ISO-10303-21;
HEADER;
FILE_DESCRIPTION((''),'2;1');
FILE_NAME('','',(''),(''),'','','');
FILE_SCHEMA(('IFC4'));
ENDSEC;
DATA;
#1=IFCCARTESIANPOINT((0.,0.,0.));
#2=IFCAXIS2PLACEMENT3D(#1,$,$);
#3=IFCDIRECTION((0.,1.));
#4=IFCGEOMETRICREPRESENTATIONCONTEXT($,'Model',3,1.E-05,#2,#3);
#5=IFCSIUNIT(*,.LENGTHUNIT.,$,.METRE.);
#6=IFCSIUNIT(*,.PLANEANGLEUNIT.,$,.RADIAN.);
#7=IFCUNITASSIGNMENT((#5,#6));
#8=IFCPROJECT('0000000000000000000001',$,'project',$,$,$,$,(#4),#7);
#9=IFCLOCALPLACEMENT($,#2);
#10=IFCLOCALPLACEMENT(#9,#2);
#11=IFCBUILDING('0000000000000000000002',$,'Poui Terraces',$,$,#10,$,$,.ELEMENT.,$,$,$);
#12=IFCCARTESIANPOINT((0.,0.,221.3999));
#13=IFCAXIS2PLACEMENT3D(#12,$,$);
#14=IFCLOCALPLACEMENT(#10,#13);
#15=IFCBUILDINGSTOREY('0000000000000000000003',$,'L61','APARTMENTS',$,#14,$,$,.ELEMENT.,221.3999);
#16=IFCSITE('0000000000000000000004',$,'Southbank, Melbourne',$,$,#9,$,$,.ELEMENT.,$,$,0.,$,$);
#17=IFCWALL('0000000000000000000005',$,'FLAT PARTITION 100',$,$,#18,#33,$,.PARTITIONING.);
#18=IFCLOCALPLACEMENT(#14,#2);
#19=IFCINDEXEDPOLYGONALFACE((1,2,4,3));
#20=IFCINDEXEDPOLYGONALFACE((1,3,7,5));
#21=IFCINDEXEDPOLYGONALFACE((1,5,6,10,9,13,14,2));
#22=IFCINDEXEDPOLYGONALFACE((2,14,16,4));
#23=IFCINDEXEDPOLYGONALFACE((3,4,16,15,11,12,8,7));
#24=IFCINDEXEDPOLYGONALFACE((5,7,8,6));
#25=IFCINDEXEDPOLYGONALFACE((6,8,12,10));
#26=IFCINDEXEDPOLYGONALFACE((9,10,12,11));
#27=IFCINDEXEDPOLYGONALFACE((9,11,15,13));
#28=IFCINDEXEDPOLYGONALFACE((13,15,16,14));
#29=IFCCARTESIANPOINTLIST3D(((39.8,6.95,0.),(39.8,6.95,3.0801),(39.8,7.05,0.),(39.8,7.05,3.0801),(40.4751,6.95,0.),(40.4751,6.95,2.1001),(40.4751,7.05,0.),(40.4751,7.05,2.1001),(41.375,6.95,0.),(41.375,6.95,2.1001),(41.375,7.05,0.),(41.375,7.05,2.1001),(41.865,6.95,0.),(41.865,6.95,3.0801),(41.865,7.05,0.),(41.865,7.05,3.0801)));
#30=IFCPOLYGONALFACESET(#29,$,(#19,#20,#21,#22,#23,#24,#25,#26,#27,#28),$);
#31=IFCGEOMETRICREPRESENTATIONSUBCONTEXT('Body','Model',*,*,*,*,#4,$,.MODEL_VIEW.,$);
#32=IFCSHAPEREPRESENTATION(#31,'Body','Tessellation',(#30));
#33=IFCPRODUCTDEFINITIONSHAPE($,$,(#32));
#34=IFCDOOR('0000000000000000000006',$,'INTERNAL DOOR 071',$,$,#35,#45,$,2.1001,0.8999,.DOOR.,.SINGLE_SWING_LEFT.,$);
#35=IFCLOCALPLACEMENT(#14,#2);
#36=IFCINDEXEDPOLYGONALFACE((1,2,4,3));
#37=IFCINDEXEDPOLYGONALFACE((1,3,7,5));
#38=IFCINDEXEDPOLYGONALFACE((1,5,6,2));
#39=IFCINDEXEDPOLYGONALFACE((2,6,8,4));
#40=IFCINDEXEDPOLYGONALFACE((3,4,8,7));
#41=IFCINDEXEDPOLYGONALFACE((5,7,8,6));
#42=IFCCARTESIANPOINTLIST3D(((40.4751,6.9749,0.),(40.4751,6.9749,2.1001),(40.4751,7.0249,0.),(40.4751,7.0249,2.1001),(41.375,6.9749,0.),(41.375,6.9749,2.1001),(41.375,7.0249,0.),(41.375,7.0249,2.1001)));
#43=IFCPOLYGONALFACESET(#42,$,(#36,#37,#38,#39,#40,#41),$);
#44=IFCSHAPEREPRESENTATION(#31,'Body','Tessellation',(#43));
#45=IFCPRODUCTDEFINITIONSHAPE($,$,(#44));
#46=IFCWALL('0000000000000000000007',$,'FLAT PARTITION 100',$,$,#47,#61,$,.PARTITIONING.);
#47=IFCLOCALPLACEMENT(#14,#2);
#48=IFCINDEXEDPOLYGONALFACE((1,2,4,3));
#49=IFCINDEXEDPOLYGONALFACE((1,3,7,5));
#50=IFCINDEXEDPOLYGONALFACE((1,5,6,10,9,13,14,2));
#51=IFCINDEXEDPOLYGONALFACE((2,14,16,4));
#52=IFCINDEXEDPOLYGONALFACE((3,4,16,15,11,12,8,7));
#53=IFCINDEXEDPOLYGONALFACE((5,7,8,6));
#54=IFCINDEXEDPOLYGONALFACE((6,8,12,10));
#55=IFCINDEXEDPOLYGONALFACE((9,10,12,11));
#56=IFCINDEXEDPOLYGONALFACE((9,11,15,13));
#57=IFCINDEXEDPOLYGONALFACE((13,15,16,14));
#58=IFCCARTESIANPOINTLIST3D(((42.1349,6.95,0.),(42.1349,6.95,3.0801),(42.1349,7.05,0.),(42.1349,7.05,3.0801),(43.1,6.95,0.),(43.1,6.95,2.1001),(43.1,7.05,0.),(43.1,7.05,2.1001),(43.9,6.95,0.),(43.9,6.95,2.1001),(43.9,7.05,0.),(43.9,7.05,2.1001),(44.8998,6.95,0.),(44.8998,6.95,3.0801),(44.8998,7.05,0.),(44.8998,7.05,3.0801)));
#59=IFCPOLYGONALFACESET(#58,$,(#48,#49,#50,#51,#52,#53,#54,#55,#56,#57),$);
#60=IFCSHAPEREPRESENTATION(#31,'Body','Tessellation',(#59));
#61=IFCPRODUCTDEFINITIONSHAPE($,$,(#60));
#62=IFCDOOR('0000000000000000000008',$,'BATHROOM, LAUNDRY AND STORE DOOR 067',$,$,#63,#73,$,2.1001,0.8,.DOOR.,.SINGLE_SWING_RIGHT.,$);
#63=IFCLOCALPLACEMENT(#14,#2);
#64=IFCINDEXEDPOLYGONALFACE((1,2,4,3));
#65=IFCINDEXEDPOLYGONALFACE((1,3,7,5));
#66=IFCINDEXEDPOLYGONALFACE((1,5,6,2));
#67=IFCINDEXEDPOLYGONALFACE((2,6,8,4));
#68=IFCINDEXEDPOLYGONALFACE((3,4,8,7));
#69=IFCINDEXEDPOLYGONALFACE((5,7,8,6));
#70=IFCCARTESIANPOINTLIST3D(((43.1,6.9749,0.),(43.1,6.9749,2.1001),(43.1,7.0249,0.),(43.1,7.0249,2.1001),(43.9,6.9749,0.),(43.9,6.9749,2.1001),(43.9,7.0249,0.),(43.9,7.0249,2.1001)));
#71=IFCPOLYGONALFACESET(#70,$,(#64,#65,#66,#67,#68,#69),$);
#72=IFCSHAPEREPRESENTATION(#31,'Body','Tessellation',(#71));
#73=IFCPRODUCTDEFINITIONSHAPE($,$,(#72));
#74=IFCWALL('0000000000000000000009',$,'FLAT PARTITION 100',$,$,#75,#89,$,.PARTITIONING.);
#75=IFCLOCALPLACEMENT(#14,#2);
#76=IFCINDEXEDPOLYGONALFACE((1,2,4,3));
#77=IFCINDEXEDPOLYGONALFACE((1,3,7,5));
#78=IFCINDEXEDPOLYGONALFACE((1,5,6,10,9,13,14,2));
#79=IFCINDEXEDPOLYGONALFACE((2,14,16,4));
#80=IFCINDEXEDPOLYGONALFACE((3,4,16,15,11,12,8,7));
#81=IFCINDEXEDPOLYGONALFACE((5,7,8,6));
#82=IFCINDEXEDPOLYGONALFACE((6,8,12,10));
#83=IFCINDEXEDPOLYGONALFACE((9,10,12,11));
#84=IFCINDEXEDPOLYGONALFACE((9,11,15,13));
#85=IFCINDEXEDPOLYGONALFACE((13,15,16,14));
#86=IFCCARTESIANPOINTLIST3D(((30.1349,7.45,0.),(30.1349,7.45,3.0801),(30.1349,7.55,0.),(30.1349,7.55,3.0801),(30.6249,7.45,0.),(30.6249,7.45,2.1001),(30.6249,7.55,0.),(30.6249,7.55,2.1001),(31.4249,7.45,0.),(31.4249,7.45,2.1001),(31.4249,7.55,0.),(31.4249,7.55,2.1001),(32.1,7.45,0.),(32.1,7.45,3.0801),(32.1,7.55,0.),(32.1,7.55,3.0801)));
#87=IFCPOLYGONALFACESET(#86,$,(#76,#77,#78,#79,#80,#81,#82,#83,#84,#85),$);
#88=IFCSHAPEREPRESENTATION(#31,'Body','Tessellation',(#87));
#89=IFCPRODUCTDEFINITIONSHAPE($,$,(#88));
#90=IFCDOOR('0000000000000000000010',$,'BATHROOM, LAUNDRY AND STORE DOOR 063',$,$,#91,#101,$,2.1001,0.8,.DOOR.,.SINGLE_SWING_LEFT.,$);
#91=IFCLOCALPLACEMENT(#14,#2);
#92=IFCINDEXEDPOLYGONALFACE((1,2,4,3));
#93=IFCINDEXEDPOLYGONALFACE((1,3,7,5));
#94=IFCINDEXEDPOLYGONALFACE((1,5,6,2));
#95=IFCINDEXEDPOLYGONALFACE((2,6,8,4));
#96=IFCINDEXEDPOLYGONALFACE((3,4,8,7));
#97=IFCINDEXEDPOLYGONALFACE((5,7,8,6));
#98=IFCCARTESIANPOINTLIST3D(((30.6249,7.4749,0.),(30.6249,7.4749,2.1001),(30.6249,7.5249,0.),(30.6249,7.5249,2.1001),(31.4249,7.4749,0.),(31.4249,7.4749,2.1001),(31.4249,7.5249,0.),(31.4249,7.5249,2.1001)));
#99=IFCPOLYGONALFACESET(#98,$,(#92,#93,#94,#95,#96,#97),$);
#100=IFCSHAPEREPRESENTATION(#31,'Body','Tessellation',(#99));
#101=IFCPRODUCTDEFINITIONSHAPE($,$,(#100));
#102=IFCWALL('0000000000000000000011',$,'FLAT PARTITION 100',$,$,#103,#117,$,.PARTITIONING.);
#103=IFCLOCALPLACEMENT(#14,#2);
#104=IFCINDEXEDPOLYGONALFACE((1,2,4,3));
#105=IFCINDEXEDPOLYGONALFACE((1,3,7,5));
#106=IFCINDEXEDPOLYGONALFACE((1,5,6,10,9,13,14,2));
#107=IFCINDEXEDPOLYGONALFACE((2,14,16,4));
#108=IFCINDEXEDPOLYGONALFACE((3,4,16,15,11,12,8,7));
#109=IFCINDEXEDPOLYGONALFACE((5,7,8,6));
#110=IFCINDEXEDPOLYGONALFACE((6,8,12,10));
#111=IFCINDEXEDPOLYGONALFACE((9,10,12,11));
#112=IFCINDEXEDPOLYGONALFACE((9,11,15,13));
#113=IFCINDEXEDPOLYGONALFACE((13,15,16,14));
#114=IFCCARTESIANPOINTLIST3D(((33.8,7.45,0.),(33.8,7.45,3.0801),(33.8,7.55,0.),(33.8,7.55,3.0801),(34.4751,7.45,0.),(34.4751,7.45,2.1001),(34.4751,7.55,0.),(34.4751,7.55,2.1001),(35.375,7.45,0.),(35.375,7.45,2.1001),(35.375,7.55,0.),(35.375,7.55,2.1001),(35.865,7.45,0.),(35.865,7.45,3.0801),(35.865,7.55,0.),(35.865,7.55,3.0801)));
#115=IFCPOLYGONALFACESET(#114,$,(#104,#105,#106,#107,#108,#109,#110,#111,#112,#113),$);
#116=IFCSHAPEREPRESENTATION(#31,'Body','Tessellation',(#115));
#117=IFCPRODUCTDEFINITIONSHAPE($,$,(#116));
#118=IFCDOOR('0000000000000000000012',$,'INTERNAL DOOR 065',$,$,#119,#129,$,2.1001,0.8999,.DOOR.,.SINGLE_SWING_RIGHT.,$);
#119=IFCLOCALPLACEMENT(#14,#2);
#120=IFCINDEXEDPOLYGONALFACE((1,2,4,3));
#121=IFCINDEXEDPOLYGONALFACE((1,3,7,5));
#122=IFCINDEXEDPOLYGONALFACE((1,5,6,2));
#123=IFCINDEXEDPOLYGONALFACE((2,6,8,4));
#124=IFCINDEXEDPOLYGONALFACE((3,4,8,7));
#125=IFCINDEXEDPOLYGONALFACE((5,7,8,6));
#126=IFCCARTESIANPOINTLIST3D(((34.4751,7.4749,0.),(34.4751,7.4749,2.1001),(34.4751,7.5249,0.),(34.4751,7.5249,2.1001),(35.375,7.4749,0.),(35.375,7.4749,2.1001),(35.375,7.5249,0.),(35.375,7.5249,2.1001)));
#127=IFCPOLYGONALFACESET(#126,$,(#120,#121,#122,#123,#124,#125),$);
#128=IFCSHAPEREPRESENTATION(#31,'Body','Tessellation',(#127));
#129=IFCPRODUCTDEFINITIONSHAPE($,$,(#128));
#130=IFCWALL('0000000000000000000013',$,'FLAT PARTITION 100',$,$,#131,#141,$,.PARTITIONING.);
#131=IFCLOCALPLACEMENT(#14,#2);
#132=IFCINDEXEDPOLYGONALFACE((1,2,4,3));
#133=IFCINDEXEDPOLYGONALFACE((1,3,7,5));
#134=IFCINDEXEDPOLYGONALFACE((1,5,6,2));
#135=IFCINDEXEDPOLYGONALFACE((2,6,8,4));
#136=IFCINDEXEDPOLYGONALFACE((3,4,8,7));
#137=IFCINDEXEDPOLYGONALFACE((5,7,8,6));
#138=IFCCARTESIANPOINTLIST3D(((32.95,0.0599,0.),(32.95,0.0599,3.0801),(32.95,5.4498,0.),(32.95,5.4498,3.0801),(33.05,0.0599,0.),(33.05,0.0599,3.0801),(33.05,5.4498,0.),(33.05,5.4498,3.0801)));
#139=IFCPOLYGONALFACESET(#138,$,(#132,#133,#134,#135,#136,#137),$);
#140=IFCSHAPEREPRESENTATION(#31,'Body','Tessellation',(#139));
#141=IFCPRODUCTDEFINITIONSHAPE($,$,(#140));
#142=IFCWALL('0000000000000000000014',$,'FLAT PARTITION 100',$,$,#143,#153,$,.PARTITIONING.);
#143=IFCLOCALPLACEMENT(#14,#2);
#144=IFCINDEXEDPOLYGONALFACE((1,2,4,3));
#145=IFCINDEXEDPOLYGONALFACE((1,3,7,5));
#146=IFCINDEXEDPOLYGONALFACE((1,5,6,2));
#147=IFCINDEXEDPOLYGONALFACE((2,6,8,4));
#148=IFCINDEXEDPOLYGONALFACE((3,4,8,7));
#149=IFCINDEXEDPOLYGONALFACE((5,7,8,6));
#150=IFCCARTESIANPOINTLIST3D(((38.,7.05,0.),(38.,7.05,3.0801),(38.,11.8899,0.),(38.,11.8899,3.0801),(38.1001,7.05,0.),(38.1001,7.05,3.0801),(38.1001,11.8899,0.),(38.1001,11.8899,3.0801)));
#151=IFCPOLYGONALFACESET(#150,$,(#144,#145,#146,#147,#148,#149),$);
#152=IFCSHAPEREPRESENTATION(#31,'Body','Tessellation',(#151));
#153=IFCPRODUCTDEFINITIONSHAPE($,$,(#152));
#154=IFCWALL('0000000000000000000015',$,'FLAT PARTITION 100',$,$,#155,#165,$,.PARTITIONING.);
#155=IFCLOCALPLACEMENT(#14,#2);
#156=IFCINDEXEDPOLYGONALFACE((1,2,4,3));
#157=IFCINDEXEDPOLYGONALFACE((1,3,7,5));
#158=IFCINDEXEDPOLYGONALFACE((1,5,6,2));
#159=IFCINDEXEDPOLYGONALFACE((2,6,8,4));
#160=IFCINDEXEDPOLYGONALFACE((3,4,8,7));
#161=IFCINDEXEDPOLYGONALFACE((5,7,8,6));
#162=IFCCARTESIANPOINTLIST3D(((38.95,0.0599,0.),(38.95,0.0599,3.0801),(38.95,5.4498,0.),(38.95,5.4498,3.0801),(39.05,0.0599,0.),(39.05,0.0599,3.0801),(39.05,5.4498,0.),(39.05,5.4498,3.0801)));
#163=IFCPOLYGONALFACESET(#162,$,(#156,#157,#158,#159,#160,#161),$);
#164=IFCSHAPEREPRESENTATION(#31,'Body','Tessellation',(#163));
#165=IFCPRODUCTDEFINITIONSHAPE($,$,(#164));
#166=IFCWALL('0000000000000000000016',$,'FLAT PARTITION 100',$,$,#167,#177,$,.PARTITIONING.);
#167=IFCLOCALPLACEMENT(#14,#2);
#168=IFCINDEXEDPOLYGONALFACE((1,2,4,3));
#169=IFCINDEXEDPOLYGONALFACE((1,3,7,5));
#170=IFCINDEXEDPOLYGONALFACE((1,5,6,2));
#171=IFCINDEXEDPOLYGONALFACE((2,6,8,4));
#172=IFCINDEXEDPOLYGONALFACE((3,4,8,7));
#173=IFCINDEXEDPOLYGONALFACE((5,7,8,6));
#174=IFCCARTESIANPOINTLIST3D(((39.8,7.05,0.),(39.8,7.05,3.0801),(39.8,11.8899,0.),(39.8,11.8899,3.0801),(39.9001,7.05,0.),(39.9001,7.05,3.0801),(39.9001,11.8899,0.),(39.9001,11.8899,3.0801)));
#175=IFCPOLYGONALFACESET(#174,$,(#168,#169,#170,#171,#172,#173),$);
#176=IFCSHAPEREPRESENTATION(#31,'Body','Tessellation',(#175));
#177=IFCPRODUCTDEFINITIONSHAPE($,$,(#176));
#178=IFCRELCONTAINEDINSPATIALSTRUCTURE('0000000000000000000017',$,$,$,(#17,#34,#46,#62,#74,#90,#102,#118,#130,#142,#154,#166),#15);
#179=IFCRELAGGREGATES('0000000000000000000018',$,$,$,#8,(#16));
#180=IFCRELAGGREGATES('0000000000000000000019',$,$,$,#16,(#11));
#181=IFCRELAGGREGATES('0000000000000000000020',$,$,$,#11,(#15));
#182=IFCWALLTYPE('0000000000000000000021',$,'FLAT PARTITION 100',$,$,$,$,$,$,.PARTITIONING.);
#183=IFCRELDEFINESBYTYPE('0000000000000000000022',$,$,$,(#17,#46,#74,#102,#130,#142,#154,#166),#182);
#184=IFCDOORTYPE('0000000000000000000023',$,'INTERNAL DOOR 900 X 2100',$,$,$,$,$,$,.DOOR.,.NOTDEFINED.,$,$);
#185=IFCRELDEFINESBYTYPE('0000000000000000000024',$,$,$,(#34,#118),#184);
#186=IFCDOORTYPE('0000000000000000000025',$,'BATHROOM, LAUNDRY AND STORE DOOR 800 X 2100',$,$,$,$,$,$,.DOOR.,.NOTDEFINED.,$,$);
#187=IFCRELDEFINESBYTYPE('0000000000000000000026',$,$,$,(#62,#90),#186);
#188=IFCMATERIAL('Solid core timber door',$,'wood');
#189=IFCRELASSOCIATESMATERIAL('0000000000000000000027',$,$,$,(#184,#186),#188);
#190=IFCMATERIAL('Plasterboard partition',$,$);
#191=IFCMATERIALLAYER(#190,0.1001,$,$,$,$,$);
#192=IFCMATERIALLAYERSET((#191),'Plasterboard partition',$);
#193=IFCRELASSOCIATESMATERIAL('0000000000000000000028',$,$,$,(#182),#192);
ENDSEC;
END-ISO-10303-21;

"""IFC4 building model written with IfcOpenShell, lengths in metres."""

from ifc_helpers import new_model, si_unit, direction, frame, frame_2d, origin, place, context, subcontext, project, spatial, rectangle, extrude, material, layer, layer_set, type_object, element, fill, save


model = new_model("IFC4")

# Units and contexts
model_context = context("Model", 3, precision=1e-05, world=origin(), true_north=direction((0.0, 1.0)))
body_context = subcontext(model_context, "Body", "Model", "MODEL_VIEW")
ifc_project = project(units=[si_unit("LENGTHUNIT", "METRE"), si_unit("PLANEANGLEUNIT", "RADIAN")], contexts=[model_context])

# Site, building, storey
site_placement = place(None, origin())
site = spatial("IfcSite", under=ifc_project, at=site_placement, Name="Southbank, Melbourne", CompositionType="ELEMENT", RefElevation=0.0)
building_placement = place(site_placement, origin())
building = spatial("IfcBuilding", under=site, at=building_placement, Name="Poui Terraces", CompositionType="ELEMENT")
storey_placement = place(building_placement, frame((0.0, 0.0, 221.3999)))
storey = spatial("IfcBuildingStorey", under=building, at=storey_placement, Name="L61", Description="APARTMENTS", CompositionType="ELEMENT", Elevation=221.3999)

# Walls, openings, doors
ifc_material_1 = material(Name="Solid core timber door", Category="wood")
door_type_1 = type_object("IfcDoorType", Name="INTERNAL DOOR 900 X 2100", OperationType="NOTDEFINED", PredefinedType="DOOR", material=ifc_material_1)
ifc_material_2 = material(Name="Plasterboard partition")
ifc_layer_1 = layer(ifc_material_2, 0.1001)
ifc_layer_set_1 = layer_set([ifc_layer_1], Name="Plasterboard partition")
wall_type_1 = type_object("IfcWallType", Name="FLAT PARTITION 100", PredefinedType="PARTITIONING", material=ifc_layer_set_1)
door_type_2 = type_object("IfcDoorType", Name="BATHROOM, LAUNDRY AND STORE DOOR 800 X 2100", OperationType="NOTDEFINED", PredefinedType="DOOR", material=ifc_material_1)
wall_1_placement = place(storey_placement, frame((39.8, 7.0, 0.0), z_axis=(0.0, 0.0, 1.0), x_axis=(1.0, 0.0, 0.0)))
wall_1 = element("IfcWall", 1, at=wall_1_placement, inside=storey, type_object=wall_type_1, Name="FLAT PARTITION 100", PredefinedType="PARTITIONING", context=body_context, shape_type="SweptSolid", body=[
    extrude(rectangle(XDim=2.0649, YDim=0.1001, at=frame_2d((1.0325, 0.0))), origin(), (0.0, 0.0, 1.0), 3.0801),
])
opening_1_placement = place(wall_1_placement, frame((0.675, 0.0, 0.0)))
opening_1 = element("IfcOpeningElement", 2, at=opening_1_placement, cuts=wall_1, PredefinedType="OPENING", context=body_context, shape_type="SweptSolid", body=[
    extrude(rectangle(XDim=0.8999, YDim=2.1001, at=frame_2d((0.45, 1.05))), frame((0.0, 0.0601, 0.0), z_axis=(0.0, -1.0, 0.0), x_axis=(1.0, 0.0, 0.0)), (0.0, 0.0, 1.0), 0.1201),
])
door_1_placement = place(opening_1_placement, origin())
door_1 = element("IfcDoor", 3, at=door_1_placement, inside=storey, type_object=door_type_1, Name="INTERNAL DOOR 071", OperationType="SINGLE_SWING_LEFT", OverallHeight=2.1001, OverallWidth=0.8999, PredefinedType="DOOR", context=body_context, shape_type="SweptSolid", body=[
    extrude(rectangle(XDim=0.8999, YDim=2.1001, at=frame_2d((0.45, 1.05))), frame((0.0, 0.0249, 0.0), z_axis=(0.0, -1.0, 0.0), x_axis=(1.0, 0.0, 0.0)), (0.0, 0.0, 1.0), 0.05),
])
fill(opening_1, door_1)
wall_2_placement = place(storey_placement, frame((42.135, 7.0, 0.0), z_axis=(0.0, 0.0, 1.0), x_axis=(1.0, 0.0, 0.0)))
wall_2 = element("IfcWall", 4, at=wall_2_placement, inside=storey, type_object=wall_type_1, Name="FLAT PARTITION 100", PredefinedType="PARTITIONING", context=body_context, shape_type="SweptSolid", body=[
    extrude(rectangle(XDim=2.7649, YDim=0.1001, at=frame_2d((1.3823, 0.0))), origin(), (0.0, 0.0, 1.0), 3.0801),
])
opening_2_placement = place(wall_2_placement, frame((0.9651, 0.0, 0.0)))
opening_2 = element("IfcOpeningElement", 5, at=opening_2_placement, cuts=wall_2, PredefinedType="OPENING", context=body_context, shape_type="SweptSolid", body=[
    extrude(rectangle(XDim=0.8, YDim=2.1001, at=frame_2d((0.3999, 1.05))), frame((0.0, 0.0601, 0.0), z_axis=(0.0, -1.0, 0.0), x_axis=(1.0, 0.0, 0.0)), (0.0, 0.0, 1.0), 0.1201),
])
door_2_placement = place(opening_2_placement, origin())
door_2 = element("IfcDoor", 6, at=door_2_placement, inside=storey, type_object=door_type_2, Name="BATHROOM, LAUNDRY AND STORE DOOR 067", OperationType="SINGLE_SWING_RIGHT", OverallHeight=2.1001, OverallWidth=0.8, PredefinedType="DOOR", context=body_context, shape_type="SweptSolid", body=[
    extrude(rectangle(XDim=0.8, YDim=2.1001, at=frame_2d((0.3999, 1.05))), frame((0.0, 0.0249, 0.0), z_axis=(0.0, -1.0, 0.0), x_axis=(1.0, 0.0, 0.0)), (0.0, 0.0, 1.0), 0.05),
])
fill(opening_2, door_2)
wall_3_placement = place(storey_placement, frame((30.135, 7.5, 0.0), z_axis=(0.0, 0.0, 1.0), x_axis=(1.0, 0.0, 0.0)))
wall_3 = element("IfcWall", 7, at=wall_3_placement, inside=storey, type_object=wall_type_1, Name="FLAT PARTITION 100", PredefinedType="PARTITIONING", context=body_context, shape_type="SweptSolid", body=[
    extrude(rectangle(XDim=1.9651, YDim=0.1001, at=frame_2d((0.9824, 0.0))), origin(), (0.0, 0.0, 1.0), 3.0801),
])
opening_3_placement = place(wall_3_placement, frame((0.49, 0.0, 0.0)))
opening_3 = element("IfcOpeningElement", 8, at=opening_3_placement, cuts=wall_3, PredefinedType="OPENING", context=body_context, shape_type="SweptSolid", body=[
    extrude(rectangle(XDim=0.8, YDim=2.1001, at=frame_2d((0.3999, 1.05))), frame((0.0, 0.0601, 0.0), z_axis=(0.0, -1.0, 0.0), x_axis=(1.0, 0.0, 0.0)), (0.0, 0.0, 1.0), 0.1201),
])
door_3_placement = place(opening_3_placement, origin())
door_3 = element("IfcDoor", 9, at=door_3_placement, inside=storey, type_object=door_type_2, Name="BATHROOM, LAUNDRY AND STORE DOOR 063", OperationType="SINGLE_SWING_LEFT", OverallHeight=2.1001, OverallWidth=0.8, PredefinedType="DOOR", context=body_context, shape_type="SweptSolid", body=[
    extrude(rectangle(XDim=0.8, YDim=2.1001, at=frame_2d((0.3999, 1.05))), frame((0.0, 0.0249, 0.0), z_axis=(0.0, -1.0, 0.0), x_axis=(1.0, 0.0, 0.0)), (0.0, 0.0, 1.0), 0.05),
])
fill(opening_3, door_3)
wall_4_placement = place(storey_placement, frame((33.8, 7.5, 0.0), z_axis=(0.0, 0.0, 1.0), x_axis=(1.0, 0.0, 0.0)))
wall_4 = element("IfcWall", 10, at=wall_4_placement, inside=storey, type_object=wall_type_1, Name="FLAT PARTITION 100", PredefinedType="PARTITIONING", context=body_context, shape_type="SweptSolid", body=[
    extrude(rectangle(XDim=2.0649, YDim=0.1001, at=frame_2d((1.0325, 0.0))), origin(), (0.0, 0.0, 1.0), 3.0801),
])
opening_4_placement = place(wall_4_placement, frame((0.675, 0.0, 0.0)))
opening_4 = element("IfcOpeningElement", 11, at=opening_4_placement, cuts=wall_4, PredefinedType="OPENING", context=body_context, shape_type="SweptSolid", body=[
    extrude(rectangle(XDim=0.8999, YDim=2.1001, at=frame_2d((0.45, 1.05))), frame((0.0, 0.0601, 0.0), z_axis=(0.0, -1.0, 0.0), x_axis=(1.0, 0.0, 0.0)), (0.0, 0.0, 1.0), 0.1201),
])
door_4_placement = place(opening_4_placement, origin())
door_4 = element("IfcDoor", 12, at=door_4_placement, inside=storey, type_object=door_type_1, Name="INTERNAL DOOR 065", OperationType="SINGLE_SWING_RIGHT", OverallHeight=2.1001, OverallWidth=0.8999, PredefinedType="DOOR", context=body_context, shape_type="SweptSolid", body=[
    extrude(rectangle(XDim=0.8999, YDim=2.1001, at=frame_2d((0.45, 1.05))), frame((0.0, 0.0249, 0.0), z_axis=(0.0, -1.0, 0.0), x_axis=(1.0, 0.0, 0.0)), (0.0, 0.0, 1.0), 0.05),
])
fill(opening_4, door_4)

# Walls
wall_5_placement = place(storey_placement, frame((33.0, 0.0601, 0.0), z_axis=(0.0, 0.0, 1.0), x_axis=(0.0, 1.0, 0.0)))
element("IfcWall", 13, at=wall_5_placement, inside=storey, type_object=wall_type_1, Name="FLAT PARTITION 100", PredefinedType="PARTITIONING", context=body_context, shape_type="SweptSolid", body=[
    extrude(rectangle(XDim=5.3899, YDim=0.1001, at=frame_2d((2.6948, 0.0))), origin(), (0.0, 0.0, 1.0), 3.0801),
])
wall_6_placement = place(storey_placement, frame((38.05, 7.05, 0.0), z_axis=(0.0, 0.0, 1.0), x_axis=(0.0, 1.0, 0.0)))
element("IfcWall", 14, at=wall_6_placement, inside=storey, type_object=wall_type_1, Name="FLAT PARTITION 100", PredefinedType="PARTITIONING", context=body_context, shape_type="SweptSolid", body=[
    extrude(rectangle(XDim=4.8398, YDim=0.1001, at=frame_2d((2.4199, 0.0))), origin(), (0.0, 0.0, 1.0), 3.0801),
])
wall_7_placement = place(storey_placement, frame((39.0, 0.0601, 0.0), z_axis=(0.0, 0.0, 1.0), x_axis=(0.0, 1.0, 0.0)))
element("IfcWall", 15, at=wall_7_placement, inside=storey, type_object=wall_type_1, Name="FLAT PARTITION 100", PredefinedType="PARTITIONING", context=body_context, shape_type="SweptSolid", body=[
    extrude(rectangle(XDim=5.3899, YDim=0.1001, at=frame_2d((2.6948, 0.0))), origin(), (0.0, 0.0, 1.0), 3.0801),
])
wall_8_placement = place(storey_placement, frame((39.8501, 7.05, 0.0), z_axis=(0.0, 0.0, 1.0), x_axis=(0.0, 1.0, 0.0)))
element("IfcWall", 16, at=wall_8_placement, inside=storey, type_object=wall_type_1, Name="FLAT PARTITION 100", PredefinedType="PARTITIONING", context=body_context, shape_type="SweptSolid", body=[
    extrude(rectangle(XDim=4.8398, YDim=0.1001, at=frame_2d((2.4199, 0.0))), origin(), (0.0, 0.0, 1.0), 3.0801),
])

save(model, "model.ifc")
